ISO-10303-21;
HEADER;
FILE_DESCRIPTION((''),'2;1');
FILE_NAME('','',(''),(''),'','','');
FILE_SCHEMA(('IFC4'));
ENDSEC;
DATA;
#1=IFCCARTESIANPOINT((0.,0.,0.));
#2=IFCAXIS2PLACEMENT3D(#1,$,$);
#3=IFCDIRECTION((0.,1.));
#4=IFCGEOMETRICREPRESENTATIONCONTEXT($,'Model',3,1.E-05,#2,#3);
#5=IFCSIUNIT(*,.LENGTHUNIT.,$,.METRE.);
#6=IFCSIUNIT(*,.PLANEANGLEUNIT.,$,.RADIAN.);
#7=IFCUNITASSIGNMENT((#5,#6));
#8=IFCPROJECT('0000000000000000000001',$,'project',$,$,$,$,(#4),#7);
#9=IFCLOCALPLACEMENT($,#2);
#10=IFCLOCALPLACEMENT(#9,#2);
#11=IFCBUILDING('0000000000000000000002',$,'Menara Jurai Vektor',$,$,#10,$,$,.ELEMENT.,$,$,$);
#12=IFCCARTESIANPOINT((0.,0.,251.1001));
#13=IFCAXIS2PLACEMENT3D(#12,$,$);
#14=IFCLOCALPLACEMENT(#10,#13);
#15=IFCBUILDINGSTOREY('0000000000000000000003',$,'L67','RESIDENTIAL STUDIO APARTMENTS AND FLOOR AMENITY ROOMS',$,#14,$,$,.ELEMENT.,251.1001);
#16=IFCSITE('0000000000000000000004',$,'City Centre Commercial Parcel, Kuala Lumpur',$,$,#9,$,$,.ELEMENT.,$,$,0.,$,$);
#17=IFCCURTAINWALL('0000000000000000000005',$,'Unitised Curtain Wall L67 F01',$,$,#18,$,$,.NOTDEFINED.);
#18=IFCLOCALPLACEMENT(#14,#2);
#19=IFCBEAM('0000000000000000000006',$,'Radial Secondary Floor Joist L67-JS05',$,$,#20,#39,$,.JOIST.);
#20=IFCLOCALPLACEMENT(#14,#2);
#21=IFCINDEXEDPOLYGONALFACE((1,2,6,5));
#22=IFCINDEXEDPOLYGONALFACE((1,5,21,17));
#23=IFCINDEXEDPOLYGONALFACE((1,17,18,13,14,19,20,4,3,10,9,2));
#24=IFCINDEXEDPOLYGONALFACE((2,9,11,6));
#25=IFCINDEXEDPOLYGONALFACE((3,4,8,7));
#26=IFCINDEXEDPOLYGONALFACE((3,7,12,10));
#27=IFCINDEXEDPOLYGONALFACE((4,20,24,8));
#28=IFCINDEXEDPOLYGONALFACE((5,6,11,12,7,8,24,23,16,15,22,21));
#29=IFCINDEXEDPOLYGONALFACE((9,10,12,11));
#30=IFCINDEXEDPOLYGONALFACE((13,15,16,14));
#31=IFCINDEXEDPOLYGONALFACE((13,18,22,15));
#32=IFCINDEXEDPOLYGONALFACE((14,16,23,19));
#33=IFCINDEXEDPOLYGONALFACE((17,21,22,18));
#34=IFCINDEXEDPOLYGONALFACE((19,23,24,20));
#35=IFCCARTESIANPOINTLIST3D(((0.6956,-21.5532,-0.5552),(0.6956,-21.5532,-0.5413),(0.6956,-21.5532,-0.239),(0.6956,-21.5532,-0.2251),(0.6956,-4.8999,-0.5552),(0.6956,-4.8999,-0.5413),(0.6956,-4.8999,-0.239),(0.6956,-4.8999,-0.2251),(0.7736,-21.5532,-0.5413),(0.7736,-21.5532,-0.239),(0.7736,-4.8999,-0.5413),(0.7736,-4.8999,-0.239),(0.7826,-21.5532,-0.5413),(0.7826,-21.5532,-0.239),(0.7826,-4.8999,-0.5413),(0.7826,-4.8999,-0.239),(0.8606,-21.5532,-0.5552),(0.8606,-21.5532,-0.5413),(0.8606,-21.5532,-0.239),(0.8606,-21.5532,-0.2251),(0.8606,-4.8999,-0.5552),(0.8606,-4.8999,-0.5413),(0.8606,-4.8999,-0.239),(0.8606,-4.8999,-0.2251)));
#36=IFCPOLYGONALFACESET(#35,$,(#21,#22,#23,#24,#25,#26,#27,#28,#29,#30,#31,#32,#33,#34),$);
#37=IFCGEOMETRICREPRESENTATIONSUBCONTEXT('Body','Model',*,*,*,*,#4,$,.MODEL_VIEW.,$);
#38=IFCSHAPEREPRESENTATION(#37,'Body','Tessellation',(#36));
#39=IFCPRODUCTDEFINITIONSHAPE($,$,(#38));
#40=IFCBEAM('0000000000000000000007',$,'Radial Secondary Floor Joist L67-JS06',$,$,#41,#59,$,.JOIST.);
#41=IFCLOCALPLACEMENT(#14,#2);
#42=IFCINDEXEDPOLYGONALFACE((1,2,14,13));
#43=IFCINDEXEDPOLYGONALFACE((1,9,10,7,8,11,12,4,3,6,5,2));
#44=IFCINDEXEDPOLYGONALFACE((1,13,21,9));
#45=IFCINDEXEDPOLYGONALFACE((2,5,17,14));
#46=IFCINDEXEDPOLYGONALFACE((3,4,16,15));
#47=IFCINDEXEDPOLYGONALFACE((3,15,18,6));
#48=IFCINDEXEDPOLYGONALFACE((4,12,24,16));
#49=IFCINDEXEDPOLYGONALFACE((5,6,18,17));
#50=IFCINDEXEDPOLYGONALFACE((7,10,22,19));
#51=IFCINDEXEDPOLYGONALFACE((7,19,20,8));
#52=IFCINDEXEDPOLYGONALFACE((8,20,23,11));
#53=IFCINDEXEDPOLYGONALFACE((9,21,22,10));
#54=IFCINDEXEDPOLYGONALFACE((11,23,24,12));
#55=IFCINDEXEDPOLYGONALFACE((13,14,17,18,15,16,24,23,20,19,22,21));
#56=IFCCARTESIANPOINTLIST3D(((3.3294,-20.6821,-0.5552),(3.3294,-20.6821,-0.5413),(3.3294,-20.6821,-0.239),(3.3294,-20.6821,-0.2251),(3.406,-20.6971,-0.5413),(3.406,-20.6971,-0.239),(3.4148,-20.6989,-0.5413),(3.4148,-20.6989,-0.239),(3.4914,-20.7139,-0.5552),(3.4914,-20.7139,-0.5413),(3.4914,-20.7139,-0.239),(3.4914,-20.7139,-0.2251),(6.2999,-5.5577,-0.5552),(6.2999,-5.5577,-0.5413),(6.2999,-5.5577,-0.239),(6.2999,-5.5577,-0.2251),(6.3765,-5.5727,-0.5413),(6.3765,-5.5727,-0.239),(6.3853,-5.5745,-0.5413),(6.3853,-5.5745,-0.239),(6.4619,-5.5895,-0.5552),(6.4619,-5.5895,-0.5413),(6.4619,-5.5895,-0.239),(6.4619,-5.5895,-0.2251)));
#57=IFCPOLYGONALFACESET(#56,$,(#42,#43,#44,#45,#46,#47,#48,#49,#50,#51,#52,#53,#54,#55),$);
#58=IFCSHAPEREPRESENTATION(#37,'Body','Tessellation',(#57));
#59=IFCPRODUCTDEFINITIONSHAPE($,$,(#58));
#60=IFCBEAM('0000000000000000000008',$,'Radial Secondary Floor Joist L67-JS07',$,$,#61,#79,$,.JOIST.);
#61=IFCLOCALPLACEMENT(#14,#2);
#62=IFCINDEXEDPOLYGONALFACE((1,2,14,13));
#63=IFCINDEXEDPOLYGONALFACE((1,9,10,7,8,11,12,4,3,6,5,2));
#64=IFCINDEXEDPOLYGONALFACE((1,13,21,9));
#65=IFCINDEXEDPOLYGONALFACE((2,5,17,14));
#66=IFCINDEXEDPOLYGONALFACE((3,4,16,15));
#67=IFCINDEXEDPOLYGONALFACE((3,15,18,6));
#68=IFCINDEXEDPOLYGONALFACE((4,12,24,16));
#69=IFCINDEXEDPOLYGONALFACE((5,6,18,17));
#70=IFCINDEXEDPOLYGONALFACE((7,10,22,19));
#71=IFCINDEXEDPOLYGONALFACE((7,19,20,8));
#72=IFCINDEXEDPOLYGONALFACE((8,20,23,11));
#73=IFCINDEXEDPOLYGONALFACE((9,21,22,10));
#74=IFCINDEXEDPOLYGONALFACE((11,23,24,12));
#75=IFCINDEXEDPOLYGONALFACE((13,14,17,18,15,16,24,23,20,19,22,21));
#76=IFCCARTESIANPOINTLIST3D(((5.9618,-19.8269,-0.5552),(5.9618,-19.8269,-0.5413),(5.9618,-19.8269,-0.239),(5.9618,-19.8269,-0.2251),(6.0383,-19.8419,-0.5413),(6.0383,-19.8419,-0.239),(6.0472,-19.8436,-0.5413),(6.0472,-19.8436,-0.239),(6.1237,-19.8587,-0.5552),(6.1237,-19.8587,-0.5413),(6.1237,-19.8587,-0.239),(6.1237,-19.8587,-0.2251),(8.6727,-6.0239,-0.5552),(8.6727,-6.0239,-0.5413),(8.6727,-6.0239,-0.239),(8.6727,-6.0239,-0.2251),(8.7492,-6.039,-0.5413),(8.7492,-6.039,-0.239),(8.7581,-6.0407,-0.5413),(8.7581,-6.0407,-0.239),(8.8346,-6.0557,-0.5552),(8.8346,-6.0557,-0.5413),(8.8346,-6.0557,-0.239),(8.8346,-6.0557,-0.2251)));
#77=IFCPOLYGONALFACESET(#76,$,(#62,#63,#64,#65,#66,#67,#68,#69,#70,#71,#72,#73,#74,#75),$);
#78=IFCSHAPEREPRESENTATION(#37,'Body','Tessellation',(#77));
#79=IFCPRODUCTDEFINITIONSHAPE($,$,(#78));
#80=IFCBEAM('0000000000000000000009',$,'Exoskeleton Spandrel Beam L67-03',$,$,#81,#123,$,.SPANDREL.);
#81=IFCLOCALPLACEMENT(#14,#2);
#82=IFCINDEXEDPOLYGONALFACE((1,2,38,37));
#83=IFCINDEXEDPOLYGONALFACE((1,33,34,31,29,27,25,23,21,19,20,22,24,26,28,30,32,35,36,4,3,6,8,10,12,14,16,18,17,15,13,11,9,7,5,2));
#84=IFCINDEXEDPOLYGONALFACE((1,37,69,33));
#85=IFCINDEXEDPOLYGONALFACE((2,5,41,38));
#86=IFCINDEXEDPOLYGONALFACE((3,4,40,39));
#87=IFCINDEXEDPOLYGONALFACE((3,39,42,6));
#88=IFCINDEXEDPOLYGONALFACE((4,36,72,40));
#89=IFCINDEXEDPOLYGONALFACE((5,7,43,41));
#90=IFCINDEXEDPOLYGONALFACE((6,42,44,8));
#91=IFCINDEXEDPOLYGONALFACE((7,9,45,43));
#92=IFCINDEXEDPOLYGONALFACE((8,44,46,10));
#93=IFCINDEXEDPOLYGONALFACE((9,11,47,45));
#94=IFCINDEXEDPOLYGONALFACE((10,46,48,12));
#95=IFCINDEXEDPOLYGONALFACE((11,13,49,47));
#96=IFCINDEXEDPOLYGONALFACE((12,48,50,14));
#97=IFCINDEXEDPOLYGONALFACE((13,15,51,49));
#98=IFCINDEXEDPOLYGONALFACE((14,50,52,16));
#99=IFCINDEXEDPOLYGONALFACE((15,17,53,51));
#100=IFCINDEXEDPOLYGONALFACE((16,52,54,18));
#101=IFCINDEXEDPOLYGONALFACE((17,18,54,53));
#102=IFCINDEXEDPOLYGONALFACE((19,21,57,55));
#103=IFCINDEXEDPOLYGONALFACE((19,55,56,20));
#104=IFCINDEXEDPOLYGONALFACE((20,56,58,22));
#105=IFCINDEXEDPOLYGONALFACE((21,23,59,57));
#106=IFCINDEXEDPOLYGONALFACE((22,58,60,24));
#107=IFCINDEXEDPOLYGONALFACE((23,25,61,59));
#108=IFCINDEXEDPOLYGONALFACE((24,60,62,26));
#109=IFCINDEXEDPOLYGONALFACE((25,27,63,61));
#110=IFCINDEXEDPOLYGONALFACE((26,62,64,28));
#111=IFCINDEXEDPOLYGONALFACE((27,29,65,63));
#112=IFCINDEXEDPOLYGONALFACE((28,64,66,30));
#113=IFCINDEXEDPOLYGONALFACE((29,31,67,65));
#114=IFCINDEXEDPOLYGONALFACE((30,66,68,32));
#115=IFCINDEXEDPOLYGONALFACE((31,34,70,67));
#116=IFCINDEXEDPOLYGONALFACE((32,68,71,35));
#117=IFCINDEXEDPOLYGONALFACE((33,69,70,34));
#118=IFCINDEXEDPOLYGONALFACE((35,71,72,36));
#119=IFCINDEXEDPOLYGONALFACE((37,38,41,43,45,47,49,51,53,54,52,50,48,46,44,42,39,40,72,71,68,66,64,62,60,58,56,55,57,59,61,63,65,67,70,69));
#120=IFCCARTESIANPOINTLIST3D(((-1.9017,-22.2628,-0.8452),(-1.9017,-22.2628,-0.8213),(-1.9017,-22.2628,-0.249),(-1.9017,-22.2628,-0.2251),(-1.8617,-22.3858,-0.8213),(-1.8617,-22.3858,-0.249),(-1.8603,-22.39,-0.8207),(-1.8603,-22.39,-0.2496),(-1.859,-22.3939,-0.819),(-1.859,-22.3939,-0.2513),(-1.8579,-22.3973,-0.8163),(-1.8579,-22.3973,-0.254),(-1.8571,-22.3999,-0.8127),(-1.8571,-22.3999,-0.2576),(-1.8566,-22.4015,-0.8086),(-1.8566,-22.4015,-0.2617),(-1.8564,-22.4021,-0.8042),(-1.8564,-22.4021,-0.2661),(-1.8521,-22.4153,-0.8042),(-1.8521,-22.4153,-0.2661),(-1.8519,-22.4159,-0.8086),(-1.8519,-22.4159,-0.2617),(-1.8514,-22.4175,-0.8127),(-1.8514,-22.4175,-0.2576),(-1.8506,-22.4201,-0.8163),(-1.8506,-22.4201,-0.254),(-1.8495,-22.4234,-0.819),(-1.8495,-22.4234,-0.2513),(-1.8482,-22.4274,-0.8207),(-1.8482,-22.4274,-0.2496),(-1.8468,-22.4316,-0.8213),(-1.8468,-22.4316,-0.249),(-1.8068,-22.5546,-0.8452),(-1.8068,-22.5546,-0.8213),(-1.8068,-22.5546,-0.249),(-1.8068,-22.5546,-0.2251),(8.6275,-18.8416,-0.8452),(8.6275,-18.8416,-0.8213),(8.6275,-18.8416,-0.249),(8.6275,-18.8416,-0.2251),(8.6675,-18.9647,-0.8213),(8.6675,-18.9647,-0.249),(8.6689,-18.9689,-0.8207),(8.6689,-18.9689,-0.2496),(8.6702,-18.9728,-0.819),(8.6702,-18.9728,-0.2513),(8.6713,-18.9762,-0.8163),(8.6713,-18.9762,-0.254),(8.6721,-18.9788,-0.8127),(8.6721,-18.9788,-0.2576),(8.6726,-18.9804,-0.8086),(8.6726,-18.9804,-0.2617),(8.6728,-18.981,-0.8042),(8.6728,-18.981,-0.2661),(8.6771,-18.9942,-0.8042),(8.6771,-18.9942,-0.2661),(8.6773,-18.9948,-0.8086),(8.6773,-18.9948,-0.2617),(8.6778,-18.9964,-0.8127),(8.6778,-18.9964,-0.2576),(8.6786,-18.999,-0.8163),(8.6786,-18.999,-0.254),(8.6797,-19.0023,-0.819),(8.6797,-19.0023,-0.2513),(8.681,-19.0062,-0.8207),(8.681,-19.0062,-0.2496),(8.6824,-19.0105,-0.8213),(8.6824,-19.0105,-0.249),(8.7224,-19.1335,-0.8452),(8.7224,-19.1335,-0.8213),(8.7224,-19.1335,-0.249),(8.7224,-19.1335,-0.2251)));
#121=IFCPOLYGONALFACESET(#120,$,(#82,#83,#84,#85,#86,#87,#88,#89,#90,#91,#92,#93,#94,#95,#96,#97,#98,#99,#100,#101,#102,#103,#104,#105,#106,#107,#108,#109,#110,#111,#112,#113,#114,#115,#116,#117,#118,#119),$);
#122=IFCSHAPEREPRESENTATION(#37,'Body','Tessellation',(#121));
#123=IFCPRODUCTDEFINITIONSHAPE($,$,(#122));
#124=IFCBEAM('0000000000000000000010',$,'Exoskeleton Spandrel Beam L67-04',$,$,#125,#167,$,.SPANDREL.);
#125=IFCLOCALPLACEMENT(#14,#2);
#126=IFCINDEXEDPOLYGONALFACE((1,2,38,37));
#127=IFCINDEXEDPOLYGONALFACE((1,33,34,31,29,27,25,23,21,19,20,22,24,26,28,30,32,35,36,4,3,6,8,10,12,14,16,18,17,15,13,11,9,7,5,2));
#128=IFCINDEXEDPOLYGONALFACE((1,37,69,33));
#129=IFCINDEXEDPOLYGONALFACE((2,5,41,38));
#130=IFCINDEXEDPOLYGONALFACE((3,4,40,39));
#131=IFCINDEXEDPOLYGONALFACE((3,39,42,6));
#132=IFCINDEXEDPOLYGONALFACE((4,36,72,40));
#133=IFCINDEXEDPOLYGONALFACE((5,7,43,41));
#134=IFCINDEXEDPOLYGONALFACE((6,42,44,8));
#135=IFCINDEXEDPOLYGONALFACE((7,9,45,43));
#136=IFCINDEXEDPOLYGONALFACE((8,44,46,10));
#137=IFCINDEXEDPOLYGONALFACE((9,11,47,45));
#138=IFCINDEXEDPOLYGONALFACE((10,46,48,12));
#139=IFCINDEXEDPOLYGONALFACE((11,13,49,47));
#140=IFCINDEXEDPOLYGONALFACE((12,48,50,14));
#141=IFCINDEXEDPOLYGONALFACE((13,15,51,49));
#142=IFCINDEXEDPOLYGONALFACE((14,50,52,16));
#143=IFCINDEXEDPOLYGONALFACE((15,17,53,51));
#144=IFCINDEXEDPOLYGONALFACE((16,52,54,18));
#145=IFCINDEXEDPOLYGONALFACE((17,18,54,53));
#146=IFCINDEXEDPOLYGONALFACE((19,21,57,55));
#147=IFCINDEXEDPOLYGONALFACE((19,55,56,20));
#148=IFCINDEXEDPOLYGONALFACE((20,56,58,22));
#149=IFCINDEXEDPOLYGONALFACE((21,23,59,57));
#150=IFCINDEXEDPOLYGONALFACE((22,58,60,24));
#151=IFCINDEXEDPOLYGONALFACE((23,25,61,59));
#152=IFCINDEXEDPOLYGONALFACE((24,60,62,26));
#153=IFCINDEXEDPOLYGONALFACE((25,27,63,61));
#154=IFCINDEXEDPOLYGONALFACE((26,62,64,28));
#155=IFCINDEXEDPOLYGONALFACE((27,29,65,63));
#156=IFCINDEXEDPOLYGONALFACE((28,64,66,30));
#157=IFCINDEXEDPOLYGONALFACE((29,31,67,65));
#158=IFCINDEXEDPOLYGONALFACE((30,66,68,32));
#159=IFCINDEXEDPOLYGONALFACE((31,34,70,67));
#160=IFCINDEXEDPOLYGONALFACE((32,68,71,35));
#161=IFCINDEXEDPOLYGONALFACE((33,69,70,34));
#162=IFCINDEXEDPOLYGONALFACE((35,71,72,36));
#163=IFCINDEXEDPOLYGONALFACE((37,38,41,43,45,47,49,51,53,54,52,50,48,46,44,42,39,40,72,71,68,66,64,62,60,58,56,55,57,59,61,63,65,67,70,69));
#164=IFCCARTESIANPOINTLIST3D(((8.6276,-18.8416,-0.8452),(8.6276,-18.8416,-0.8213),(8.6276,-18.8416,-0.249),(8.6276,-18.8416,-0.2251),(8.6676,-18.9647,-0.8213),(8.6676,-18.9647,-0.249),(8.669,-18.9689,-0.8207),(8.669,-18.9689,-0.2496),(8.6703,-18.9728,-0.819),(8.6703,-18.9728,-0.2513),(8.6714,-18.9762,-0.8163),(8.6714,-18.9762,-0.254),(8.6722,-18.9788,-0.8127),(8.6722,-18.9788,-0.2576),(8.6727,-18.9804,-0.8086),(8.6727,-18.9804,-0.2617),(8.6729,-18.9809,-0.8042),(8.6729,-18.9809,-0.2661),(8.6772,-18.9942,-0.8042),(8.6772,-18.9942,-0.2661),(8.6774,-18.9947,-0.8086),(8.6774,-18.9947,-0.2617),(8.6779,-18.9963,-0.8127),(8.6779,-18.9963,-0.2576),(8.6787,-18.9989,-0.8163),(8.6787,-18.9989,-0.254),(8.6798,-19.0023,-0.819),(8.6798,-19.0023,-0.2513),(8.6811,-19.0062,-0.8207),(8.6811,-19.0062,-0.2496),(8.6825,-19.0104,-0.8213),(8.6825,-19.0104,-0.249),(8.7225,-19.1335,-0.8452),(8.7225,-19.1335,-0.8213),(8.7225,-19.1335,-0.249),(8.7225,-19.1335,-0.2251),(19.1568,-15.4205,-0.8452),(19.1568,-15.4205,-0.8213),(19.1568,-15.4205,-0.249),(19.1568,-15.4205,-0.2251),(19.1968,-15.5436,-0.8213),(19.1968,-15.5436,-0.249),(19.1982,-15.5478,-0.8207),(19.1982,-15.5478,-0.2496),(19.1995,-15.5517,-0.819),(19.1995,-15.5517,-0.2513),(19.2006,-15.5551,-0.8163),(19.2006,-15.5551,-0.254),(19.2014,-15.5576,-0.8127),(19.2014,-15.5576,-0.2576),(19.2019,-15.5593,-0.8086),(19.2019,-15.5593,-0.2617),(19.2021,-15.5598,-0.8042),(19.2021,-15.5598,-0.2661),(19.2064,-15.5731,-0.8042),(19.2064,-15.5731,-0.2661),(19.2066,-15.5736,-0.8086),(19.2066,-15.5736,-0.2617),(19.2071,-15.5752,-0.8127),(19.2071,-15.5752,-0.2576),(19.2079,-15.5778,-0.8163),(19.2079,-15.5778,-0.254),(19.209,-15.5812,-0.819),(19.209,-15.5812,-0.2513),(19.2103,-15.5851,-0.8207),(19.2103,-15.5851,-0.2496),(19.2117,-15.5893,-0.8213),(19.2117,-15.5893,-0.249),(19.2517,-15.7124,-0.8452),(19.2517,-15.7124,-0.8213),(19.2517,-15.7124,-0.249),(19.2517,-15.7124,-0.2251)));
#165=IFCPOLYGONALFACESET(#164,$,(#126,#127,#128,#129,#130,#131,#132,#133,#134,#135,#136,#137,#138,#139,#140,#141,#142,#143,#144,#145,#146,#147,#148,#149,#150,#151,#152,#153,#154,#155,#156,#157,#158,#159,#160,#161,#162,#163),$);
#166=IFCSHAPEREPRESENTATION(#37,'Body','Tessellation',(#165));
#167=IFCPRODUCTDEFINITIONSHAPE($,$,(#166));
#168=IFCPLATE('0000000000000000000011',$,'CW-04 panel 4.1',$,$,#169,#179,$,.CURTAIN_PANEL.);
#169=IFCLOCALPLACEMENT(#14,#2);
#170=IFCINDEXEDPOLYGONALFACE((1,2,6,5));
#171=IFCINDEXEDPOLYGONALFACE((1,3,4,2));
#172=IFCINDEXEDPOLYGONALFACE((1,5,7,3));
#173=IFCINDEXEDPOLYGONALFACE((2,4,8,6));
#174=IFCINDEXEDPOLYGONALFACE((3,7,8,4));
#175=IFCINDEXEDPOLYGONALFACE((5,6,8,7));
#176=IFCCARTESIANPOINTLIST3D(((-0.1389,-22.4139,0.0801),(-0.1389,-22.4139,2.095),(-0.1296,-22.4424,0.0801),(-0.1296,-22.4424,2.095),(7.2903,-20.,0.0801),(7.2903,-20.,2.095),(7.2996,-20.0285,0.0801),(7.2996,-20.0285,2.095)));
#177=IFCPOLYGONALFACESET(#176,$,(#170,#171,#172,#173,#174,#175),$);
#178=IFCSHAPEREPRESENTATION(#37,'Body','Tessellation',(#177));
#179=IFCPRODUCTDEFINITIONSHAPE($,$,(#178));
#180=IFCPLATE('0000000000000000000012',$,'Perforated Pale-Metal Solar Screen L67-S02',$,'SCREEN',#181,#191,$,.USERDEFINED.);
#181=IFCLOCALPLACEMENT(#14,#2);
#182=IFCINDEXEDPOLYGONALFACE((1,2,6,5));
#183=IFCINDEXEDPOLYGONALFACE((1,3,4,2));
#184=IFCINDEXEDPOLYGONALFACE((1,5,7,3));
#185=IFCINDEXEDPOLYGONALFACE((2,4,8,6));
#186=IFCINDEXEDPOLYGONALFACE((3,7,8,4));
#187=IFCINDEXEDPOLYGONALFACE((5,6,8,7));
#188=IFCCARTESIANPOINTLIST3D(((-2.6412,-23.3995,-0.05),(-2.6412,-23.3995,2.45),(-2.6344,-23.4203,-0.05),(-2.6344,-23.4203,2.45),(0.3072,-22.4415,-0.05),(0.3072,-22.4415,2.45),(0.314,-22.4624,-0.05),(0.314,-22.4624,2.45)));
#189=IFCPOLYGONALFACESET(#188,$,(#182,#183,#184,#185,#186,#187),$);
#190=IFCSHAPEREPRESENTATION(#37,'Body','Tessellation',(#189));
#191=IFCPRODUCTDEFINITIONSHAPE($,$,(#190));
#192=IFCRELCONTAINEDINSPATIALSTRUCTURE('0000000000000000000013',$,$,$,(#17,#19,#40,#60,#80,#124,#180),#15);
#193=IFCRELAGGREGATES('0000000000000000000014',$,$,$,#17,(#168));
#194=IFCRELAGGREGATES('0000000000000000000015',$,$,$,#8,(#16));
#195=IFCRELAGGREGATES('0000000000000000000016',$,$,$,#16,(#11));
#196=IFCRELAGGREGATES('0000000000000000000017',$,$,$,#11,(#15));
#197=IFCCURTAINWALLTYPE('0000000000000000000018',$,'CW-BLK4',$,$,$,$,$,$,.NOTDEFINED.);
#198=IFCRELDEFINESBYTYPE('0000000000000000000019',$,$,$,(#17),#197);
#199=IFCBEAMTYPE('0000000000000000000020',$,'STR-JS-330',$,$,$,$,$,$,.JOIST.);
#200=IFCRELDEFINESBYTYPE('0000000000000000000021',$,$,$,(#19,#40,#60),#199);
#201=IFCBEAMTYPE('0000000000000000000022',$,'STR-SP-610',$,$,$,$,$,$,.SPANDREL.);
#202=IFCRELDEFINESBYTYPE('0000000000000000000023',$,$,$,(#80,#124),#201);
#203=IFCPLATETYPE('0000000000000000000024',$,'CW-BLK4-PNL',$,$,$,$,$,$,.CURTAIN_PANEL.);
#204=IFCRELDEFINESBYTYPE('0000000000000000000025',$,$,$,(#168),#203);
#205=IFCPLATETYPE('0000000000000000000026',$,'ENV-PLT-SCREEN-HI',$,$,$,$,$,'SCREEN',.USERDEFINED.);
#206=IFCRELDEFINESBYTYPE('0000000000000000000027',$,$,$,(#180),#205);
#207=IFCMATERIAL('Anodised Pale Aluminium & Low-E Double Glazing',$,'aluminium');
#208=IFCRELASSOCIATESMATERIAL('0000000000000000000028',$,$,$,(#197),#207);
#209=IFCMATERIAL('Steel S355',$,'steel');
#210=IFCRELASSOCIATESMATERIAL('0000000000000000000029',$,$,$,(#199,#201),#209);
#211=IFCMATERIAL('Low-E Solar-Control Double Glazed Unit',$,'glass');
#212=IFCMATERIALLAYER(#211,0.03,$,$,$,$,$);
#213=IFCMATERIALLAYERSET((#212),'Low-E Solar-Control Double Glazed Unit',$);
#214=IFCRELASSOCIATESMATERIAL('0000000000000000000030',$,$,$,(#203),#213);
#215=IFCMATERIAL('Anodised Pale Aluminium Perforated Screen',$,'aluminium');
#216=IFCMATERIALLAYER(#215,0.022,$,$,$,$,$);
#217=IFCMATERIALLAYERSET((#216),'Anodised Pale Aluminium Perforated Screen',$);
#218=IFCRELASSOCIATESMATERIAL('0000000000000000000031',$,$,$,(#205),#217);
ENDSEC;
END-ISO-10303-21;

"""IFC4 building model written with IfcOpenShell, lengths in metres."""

from ifc_helpers import new_model, si_unit, direction, frame, origin, origin_2d, place, context, subcontext, project, spatial, rectangle, i_section, extrude, material, layer, layer_set, material_profile, profile_set, type_object, element, aggregate, save


model = new_model("IFC4")

# Units and contexts
model_context = context("Model", 3, precision=1e-05, world=origin(), true_north=direction((0.0, 1.0)))
body_context = subcontext(model_context, "Body", "Model", "MODEL_VIEW")
ifc_project = project(units=[si_unit("LENGTHUNIT", "METRE"), si_unit("PLANEANGLEUNIT", "RADIAN")], contexts=[model_context])

# Site, building, storey
site_placement = place(None, origin())
site = spatial("IfcSite", under=ifc_project, at=site_placement, Name="City Centre Commercial Parcel, Kuala Lumpur", CompositionType="ELEMENT", RefElevation=0.0)
building_placement = place(site_placement, origin())
building = spatial("IfcBuilding", under=site, at=building_placement, Name="Menara Jurai Vektor", CompositionType="ELEMENT")
storey_placement = place(building_placement, frame((0.0, 0.0, 251.1001)))
storey = spatial("IfcBuildingStorey", under=building, at=storey_placement, Name="L67", Description="RESIDENTIAL STUDIO APARTMENTS AND FLOOR AMENITY ROOMS", CompositionType="ELEMENT", Elevation=251.1001)

# Curtain wall
ifc_material_1 = material(Name="Anodised Pale Aluminium & Low-E Double Glazing", Category="aluminium")
curtain_wall_type = type_object("IfcCurtainWallType", Name="CW-BLK4", PredefinedType="NOTDEFINED", material=ifc_material_1)
curtain_wall_placement = place(storey_placement, origin())
curtain_wall = element("IfcCurtainWall", 1, at=curtain_wall_placement, inside=storey, type_object=curtain_wall_type, Name="Unitised Curtain Wall L67 F01", PredefinedType="NOTDEFINED")

# Beams
ifc_material_2 = material(Name="Steel S355", Category="steel")
ifc_material_profile_1 = material_profile(ifc_material_2, i_section(OverallWidth=0.165, OverallDepth=0.3301, WebThickness=0.009, FlangeThickness=0.0139, at=origin_2d()), Name="PG 330x165x46")
ifc_profile_set_1 = profile_set([ifc_material_profile_1], Name="Steel S355")
beam_type_1 = type_object("IfcBeamType", Name="STR-JS-330", PredefinedType="JOIST", material=ifc_profile_set_1)
beam_1_placement = place(storey_placement, frame((0.7781, -21.5532, -0.3901), z_axis=(0.0, 1.0, 0.0), x_axis=(-1.0, 0.0, 0.0)))
element("IfcBeam", 2, at=beam_1_placement, inside=storey, type_object=beam_type_1, Name="Radial Secondary Floor Joist L67-JS05", PredefinedType="JOIST", context=body_context, shape_type="SweptSolid", body=[
    extrude(i_section(OverallWidth=0.165, OverallDepth=0.3301, WebThickness=0.009, FlangeThickness=0.0139, at=origin_2d()), origin(), (0.0, 0.0, 1.0), 16.6533),
])
beam_2_placement = place(storey_placement, frame((3.4104, -20.698, -0.3901), z_axis=(0.192722, 0.981253, 0.0), x_axis=(-0.981253, 0.192722, 0.0)))
element("IfcBeam", 3, at=beam_2_placement, inside=storey, type_object=beam_type_1, Name="Radial Secondary Floor Joist L67-JS06", PredefinedType="JOIST", context=body_context, shape_type="SweptSolid", body=[
    extrude(i_section(OverallWidth=0.165, OverallDepth=0.3301, WebThickness=0.009, FlangeThickness=0.0139, at=origin_2d()), origin(), (0.0, 0.0, 1.0), 15.4133),
])
beam_3_placement = place(storey_placement, frame((6.0427, -19.8428, -0.3901), z_axis=(0.192721, 0.981254, 0.0), x_axis=(-0.981254, 0.192721, 0.0)))
element("IfcBeam", 4, at=beam_3_placement, inside=storey, type_object=beam_type_1, Name="Radial Secondary Floor Joist L67-JS07", PredefinedType="JOIST", context=body_context, shape_type="SweptSolid", body=[
    extrude(i_section(OverallWidth=0.165, OverallDepth=0.3301, WebThickness=0.009, FlangeThickness=0.0139, at=origin_2d()), origin(), (0.0, 0.0, 1.0), 14.0667),
])
ifc_material_profile_2 = material_profile(ifc_material_2, i_section(OverallWidth=0.3069, OverallDepth=0.6201, WebThickness=0.0139, FlangeThickness=0.0239, FilletRadius=0.0171, at=origin_2d()), Name="UKB 610x305x179")
ifc_profile_set_2 = profile_set([ifc_material_profile_2], Name="Steel S355")
beam_type_2 = type_object("IfcBeamType", Name="STR-SP-610", PredefinedType="SPANDREL", material=ifc_profile_set_2)
for number, where, z_axis, x_axis, name in (
    (5, (-1.8542, -22.4087, -0.5352), (0.951057, 0.309014, 0.0), (-0.309014, 0.951057, 0.0), "Exoskeleton Spandrel Beam L67-03"),
    (6, (8.675, -18.9875, -0.5352), (0.951057, 0.309014, 0.0), (-0.309014, 0.951057, 0.0), "Exoskeleton Spandrel Beam L67-04"),
):
    element("IfcBeam", number, at=place(storey_placement, frame(where, z_axis=z_axis, x_axis=x_axis)), inside=storey, type_object=beam_type_2, Name=name, PredefinedType="SPANDREL", context=body_context, shape_type="SweptSolid", body=[
        extrude(i_section(OverallWidth=0.3069, OverallDepth=0.6201, WebThickness=0.0139, FlangeThickness=0.0239, FilletRadius=0.0171, at=origin_2d()), origin(), (0.0, 0.0, 1.0), 11.071),
    ])

# Plates
ifc_material_3 = material(Name="Low-E Solar-Control Double Glazed Unit", Category="glass")
ifc_layer_1 = layer(ifc_material_3, 0.03)
ifc_layer_set_1 = layer_set([ifc_layer_1], Name="Low-E Solar-Control Double Glazed Unit")
plate_type_1 = type_object("IfcPlateType", Name="CW-BLK4-PNL", PredefinedType="CURTAIN_PANEL", material=ifc_layer_set_1)
plate_1_placement = place(storey_placement, frame((3.5803, -21.2212, 0.0801), z_axis=(0.0, 0.0, 1.0), x_axis=(0.951056, 0.309017, 0.0)))
plate_1 = element("IfcPlate", 7, at=plate_1_placement, type_object=plate_type_1, Name="CW-04 panel 4.1", PredefinedType="CURTAIN_PANEL", context=body_context, shape_type="SweptSolid", body=[
    extrude(rectangle(XDim=7.8115, YDim=0.03, at=origin_2d()), origin(), (0.0, 0.0, 1.0), 2.0149),
])
aggregate(curtain_wall, [plate_1])
ifc_material_4 = material(Name="Anodised Pale Aluminium Perforated Screen", Category="aluminium")
ifc_layer_2 = layer(ifc_material_4, 0.022)
ifc_layer_set_2 = layer_set([ifc_layer_2], Name="Anodised Pale Aluminium Perforated Screen")
plate_type_2 = type_object("IfcPlateType", Name="ENV-PLT-SCREEN-HI", ElementType="SCREEN", PredefinedType="USERDEFINED", material=ifc_layer_set_2)
plate_2_placement = place(storey_placement, frame((-1.1636, -22.9309, -0.05), z_axis=(0.0, 0.0, 1.0), x_axis=(0.951057, 0.309017, 0.0)))
element("IfcPlate", 8, at=plate_2_placement, inside=storey, type_object=plate_type_2, Name="Perforated Pale-Metal Solar Screen L67-S02", ObjectType="SCREEN", PredefinedType="USERDEFINED", context=body_context, shape_type="SweptSolid", body=[
    extrude(rectangle(XDim=3.1001, YDim=0.022, at=origin_2d()), origin(), (0.0, 0.0, 1.0), 2.5),
])

save(model, "model.ifc")
